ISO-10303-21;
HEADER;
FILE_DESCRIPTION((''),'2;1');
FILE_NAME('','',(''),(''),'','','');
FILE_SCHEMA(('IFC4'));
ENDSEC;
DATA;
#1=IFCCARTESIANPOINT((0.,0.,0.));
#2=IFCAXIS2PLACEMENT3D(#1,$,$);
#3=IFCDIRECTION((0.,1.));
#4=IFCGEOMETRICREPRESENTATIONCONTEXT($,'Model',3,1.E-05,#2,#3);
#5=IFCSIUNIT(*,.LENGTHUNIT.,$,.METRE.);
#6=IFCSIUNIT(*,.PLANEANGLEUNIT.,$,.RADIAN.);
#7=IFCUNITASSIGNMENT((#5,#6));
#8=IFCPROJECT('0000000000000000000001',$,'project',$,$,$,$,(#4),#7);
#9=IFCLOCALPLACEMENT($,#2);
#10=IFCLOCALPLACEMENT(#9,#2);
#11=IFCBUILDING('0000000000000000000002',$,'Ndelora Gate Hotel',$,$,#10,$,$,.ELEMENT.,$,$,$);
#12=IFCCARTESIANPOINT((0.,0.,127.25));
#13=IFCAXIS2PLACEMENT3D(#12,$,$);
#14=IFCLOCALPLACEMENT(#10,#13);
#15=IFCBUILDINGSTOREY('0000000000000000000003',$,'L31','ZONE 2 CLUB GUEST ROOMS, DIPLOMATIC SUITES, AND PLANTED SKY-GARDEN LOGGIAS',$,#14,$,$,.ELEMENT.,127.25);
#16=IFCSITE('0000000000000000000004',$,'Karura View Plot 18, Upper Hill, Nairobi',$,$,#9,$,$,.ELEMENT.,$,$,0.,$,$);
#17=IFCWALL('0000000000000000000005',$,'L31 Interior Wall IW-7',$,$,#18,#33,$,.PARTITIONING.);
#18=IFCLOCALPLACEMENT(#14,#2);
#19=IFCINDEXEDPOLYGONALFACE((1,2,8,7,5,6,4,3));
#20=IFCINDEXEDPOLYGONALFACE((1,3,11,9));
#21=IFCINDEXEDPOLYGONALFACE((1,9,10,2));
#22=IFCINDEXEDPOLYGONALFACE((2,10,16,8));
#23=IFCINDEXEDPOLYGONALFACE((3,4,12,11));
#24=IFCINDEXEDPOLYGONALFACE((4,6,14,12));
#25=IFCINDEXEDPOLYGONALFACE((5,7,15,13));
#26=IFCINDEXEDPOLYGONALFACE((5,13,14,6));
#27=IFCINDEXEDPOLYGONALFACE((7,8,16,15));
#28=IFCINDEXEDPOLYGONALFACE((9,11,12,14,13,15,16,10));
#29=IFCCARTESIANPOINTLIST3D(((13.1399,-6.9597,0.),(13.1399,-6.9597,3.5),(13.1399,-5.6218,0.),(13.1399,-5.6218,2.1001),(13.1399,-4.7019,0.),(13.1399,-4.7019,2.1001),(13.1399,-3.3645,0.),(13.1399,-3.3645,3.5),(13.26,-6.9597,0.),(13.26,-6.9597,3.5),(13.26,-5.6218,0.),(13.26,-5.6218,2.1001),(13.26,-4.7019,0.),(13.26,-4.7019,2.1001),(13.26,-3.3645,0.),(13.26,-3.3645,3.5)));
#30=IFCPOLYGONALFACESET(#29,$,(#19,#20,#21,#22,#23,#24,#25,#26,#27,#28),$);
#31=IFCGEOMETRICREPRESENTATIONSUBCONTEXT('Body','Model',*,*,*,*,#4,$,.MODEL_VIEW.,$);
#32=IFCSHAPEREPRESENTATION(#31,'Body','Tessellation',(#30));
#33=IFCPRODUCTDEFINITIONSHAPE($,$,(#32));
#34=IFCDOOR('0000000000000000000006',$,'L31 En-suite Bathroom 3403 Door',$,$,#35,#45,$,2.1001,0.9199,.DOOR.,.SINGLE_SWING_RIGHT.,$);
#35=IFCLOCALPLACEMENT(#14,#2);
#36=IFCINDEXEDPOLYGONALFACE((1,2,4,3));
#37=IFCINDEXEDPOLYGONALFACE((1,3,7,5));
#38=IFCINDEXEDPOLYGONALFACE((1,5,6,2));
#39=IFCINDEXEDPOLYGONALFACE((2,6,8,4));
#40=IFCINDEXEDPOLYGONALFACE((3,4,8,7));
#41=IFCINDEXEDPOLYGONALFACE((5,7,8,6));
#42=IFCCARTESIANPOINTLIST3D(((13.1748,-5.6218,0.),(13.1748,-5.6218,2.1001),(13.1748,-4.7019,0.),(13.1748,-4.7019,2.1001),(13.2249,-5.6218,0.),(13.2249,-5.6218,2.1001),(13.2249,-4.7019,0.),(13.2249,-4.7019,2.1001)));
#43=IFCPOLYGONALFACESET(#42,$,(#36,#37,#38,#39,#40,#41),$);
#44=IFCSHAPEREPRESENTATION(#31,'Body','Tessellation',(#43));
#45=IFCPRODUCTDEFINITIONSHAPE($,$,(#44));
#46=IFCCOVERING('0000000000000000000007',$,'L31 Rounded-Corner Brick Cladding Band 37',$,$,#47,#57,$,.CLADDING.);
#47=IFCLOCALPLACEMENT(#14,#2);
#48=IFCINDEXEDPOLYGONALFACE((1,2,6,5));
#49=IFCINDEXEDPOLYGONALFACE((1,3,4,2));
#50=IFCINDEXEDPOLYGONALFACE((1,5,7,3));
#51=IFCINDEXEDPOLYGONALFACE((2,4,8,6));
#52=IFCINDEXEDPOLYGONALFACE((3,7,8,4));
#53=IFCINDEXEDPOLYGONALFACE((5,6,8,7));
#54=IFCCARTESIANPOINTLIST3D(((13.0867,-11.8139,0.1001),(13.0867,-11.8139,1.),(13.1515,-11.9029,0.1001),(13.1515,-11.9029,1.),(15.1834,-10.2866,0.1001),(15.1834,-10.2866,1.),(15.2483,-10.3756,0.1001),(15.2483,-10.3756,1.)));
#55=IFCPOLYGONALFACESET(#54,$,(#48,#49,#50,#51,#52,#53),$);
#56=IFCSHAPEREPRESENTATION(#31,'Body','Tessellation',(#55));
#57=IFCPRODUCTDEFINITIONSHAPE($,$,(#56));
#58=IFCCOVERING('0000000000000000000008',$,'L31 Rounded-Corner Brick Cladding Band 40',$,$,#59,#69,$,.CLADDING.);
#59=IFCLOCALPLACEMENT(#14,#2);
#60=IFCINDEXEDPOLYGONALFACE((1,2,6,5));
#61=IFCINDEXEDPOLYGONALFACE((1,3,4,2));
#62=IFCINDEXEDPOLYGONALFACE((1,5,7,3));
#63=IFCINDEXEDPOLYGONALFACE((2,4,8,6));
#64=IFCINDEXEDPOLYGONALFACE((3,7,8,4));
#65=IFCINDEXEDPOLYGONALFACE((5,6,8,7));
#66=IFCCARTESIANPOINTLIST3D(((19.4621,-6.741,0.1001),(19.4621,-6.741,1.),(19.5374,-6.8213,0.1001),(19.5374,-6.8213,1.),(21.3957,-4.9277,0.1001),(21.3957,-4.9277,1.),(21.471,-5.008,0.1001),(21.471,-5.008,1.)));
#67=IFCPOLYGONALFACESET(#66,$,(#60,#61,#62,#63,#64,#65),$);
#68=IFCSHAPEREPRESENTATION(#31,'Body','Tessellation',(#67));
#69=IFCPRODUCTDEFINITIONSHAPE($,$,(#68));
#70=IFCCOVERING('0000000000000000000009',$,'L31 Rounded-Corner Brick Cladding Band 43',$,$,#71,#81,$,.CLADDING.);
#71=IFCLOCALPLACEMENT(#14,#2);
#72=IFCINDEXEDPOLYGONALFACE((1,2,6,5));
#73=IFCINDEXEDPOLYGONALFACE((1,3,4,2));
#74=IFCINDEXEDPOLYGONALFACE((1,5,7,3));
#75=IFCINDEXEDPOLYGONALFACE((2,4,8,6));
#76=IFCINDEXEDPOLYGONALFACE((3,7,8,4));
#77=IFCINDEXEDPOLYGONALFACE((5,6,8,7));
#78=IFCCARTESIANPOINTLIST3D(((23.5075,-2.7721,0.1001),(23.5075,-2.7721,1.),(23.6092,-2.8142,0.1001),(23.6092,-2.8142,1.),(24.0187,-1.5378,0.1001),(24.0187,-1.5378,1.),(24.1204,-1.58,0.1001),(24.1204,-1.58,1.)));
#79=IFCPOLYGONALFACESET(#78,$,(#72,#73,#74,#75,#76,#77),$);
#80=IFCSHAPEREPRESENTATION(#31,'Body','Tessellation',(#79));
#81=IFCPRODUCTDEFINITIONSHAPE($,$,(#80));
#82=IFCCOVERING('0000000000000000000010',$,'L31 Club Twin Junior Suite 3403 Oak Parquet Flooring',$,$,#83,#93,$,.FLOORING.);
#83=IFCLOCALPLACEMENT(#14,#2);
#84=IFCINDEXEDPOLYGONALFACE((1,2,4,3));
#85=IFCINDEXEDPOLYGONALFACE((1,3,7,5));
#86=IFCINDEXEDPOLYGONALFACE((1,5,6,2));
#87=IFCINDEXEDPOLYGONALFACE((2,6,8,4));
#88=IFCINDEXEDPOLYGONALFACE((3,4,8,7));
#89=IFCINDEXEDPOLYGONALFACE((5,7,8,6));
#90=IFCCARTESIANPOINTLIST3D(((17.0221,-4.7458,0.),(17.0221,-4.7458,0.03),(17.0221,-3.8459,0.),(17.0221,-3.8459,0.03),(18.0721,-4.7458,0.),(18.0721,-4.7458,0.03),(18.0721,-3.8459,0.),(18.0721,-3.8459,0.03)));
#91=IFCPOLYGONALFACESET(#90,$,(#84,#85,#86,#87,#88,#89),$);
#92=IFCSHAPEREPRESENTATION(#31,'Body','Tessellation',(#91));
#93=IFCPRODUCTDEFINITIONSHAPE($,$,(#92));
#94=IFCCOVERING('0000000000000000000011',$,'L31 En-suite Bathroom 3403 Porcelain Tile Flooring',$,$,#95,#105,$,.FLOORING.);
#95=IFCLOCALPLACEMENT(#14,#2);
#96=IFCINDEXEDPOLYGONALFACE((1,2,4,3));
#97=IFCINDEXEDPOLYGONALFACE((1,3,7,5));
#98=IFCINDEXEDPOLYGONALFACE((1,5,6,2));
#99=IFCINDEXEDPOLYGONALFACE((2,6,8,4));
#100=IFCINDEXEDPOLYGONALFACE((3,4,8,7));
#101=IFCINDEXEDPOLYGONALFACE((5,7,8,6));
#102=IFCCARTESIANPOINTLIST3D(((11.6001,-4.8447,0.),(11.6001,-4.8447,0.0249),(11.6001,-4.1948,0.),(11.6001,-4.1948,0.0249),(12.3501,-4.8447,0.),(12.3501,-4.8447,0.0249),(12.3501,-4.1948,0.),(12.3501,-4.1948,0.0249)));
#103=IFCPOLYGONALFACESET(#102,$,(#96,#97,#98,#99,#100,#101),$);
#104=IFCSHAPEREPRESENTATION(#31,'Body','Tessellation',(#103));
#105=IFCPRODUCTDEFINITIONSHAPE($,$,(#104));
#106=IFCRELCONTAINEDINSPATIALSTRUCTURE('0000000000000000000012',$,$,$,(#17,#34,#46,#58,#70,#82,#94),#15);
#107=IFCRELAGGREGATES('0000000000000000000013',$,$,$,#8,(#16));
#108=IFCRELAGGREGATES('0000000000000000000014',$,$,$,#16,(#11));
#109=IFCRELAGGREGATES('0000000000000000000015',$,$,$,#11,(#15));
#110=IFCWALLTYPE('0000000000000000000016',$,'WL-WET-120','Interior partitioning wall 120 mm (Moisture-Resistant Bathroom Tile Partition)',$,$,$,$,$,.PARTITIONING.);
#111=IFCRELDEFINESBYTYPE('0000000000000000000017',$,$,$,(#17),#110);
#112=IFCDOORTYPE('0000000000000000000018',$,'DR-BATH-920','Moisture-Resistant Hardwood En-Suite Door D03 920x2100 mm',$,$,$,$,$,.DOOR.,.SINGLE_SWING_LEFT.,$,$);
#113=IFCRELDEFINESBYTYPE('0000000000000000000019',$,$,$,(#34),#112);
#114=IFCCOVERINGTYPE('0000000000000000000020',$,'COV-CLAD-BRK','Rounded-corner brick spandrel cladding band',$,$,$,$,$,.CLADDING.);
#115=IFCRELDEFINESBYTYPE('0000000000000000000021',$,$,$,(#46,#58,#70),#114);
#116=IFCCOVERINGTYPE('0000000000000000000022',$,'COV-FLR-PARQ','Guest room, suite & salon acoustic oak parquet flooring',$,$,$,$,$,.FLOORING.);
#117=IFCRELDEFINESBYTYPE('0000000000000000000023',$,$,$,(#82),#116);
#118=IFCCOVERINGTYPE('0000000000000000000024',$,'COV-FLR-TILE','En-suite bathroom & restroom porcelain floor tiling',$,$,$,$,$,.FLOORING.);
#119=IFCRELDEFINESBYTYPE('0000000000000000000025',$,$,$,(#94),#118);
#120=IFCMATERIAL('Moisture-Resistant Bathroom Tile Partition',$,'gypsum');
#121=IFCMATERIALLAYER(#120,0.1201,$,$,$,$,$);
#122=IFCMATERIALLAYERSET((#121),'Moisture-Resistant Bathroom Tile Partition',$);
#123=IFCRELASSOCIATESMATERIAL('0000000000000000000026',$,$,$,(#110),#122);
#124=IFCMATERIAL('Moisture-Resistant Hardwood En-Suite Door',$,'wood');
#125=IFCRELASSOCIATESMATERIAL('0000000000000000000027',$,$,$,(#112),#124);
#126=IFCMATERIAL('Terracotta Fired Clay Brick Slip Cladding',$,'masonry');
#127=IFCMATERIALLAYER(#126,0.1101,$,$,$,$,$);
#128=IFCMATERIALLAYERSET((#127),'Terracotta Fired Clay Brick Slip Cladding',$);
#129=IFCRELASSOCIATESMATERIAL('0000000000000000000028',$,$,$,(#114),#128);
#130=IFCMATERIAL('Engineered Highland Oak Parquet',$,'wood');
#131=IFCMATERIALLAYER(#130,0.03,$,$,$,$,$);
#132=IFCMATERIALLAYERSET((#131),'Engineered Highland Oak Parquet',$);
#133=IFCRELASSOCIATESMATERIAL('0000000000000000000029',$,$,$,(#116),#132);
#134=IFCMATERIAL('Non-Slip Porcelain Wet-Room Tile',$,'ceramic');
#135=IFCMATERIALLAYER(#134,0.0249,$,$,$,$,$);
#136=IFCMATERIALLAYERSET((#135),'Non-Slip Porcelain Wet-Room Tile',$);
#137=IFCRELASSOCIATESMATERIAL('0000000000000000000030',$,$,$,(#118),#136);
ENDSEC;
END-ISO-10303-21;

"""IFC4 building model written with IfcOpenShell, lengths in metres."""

from ifc_helpers import new_model, si_unit, direction, frame, frame_2d, origin, origin_2d, place, context, subcontext, project, spatial, rectangle, extrude, material, layer, layer_set, type_object, element, fill, save


model = new_model("IFC4")

# Units and contexts
model_context = context("Model", 3, precision=1e-05, world=origin(), true_north=direction((0.0, 1.0)))
body_context = subcontext(model_context, "Body", "Model", "MODEL_VIEW")
ifc_project = project(units=[si_unit("LENGTHUNIT", "METRE"), si_unit("PLANEANGLEUNIT", "RADIAN")], contexts=[model_context])

# Site, building, storey
site_placement = place(None, origin())
site = spatial("IfcSite", under=ifc_project, at=site_placement, Name="Karura View Plot 18, Upper Hill, Nairobi", CompositionType="ELEMENT", RefElevation=0.0)
building_placement = place(site_placement, origin())
building = spatial("IfcBuilding", under=site, at=building_placement, Name="Ndelora Gate Hotel", CompositionType="ELEMENT")
storey_placement = place(building_placement, frame((0.0, 0.0, 127.25)))
storey = spatial("IfcBuildingStorey", under=building, at=storey_placement, Name="L31", Description="ZONE 2 CLUB GUEST ROOMS, DIPLOMATIC SUITES, AND PLANTED SKY-GARDEN LOGGIAS", CompositionType="ELEMENT", Elevation=127.25)

# Shared definitions
ifc_material_1 = material(Name="Moisture-Resistant Bathroom Tile Partition", Category="gypsum")
ifc_layer_1 = layer(ifc_material_1, 0.1201)
ifc_layer_set_1 = layer_set([ifc_layer_1], Name="Moisture-Resistant Bathroom Tile Partition")
wall_type_1 = type_object("IfcWallType", Name="WL-WET-120", Description="Interior partitioning wall 120 mm (Moisture-Resistant Bathroom Tile Partition)", PredefinedType="PARTITIONING", material=ifc_layer_set_1)

# Wall, opening, door
wall_1_placement = place(storey_placement, frame((13.2, -3.3645, 0.0), z_axis=(0.0, 0.0, 1.0), x_axis=(0.0, -1.0, 0.0)))
wall_1 = element("IfcWall", 1, at=wall_1_placement, inside=storey, type_object=wall_type_1, Name="L31 Interior Wall IW-7", PredefinedType="PARTITIONING", context=body_context, shape_type="SweptSolid", body=[
    extrude(rectangle(XDim=3.5952, YDim=0.1201, at=frame_2d((1.7976, 0.0))), origin(), (0.0, 0.0, 1.0), 3.5),
])
opening_1_placement = place(wall_1_placement, frame((1.3374, 0.0, 0.0)))
opening_1 = element("IfcOpeningElement", 2, at=opening_1_placement, cuts=wall_1, PredefinedType="OPENING", context=body_context, shape_type="SweptSolid", body=[
    extrude(rectangle(XDim=0.9199, YDim=2.1001, at=frame_2d((0.46, 1.05))), frame((0.0, 0.0701, 0.0), z_axis=(0.0, -1.0, 0.0), x_axis=(1.0, 0.0, 0.0)), (0.0, 0.0, 1.0), 0.1401),
])
ifc_material_2 = material(Name="Moisture-Resistant Hardwood En-Suite Door", Category="wood")
door_type = type_object("IfcDoorType", Name="DR-BATH-920", Description="Moisture-Resistant Hardwood En-Suite Door D03 920x2100 mm", OperationType="SINGLE_SWING_LEFT", PredefinedType="DOOR", material=ifc_material_2)
door_placement = place(opening_1_placement, origin())
door = element("IfcDoor", 3, at=door_placement, inside=storey, type_object=door_type, Name="L31 En-suite Bathroom 3403 Door", OperationType="SINGLE_SWING_RIGHT", OverallHeight=2.1001, OverallWidth=0.9199, PredefinedType="DOOR", context=body_context, shape_type="SweptSolid", body=[
    extrude(rectangle(XDim=0.9199, YDim=2.1001, at=frame_2d((0.46, 1.05))), frame((0.0, 0.0249, 0.0), z_axis=(0.0, -1.0, 0.0), x_axis=(1.0, 0.0, 0.0)), (0.0, 0.0, 1.0), 0.05),
])
fill(opening_1, door)

# Coverings
ifc_material_3 = material(Name="Terracotta Fired Clay Brick Slip Cladding", Category="masonry")
ifc_layer_2 = layer(ifc_material_3, 0.1101)
ifc_layer_set_2 = layer_set([ifc_layer_2], Name="Terracotta Fired Clay Brick Slip Cladding")
covering_type_1 = type_object("IfcCoveringType", Name="COV-CLAD-BRK", Description="Rounded-corner brick spandrel cladding band", PredefinedType="CLADDING", material=ifc_layer_set_2)
covering_1_placement = place(storey_placement, frame((14.1675, -11.0947, 0.1001), z_axis=(0.0, 0.0, 1.0), x_axis=(0.808298, 0.588773, 0.0)))
element("IfcCovering", 4, at=covering_1_placement, inside=storey, type_object=covering_type_1, Name="L31 Rounded-Corner Brick Cladding Band 37", PredefinedType="CLADDING", context=body_context, shape_type="SweptSolid", body=[
    extrude(rectangle(XDim=2.594, YDim=0.1101, at=origin_2d()), origin(), (0.0, 0.0, 1.0), 0.8999),
])
covering_2_placement = place(storey_placement, frame((20.4666, -5.8745, 0.1001), z_axis=(0.0, 0.0, 1.0), x_axis=(0.729446, 0.684038, 0.0)))
element("IfcCovering", 5, at=covering_2_placement, inside=storey, type_object=covering_type_1, Name="L31 Rounded-Corner Brick Cladding Band 40", PredefinedType="CLADDING", context=body_context, shape_type="SweptSolid", body=[
    extrude(rectangle(XDim=2.6509, YDim=0.1101, at=origin_2d()), origin(), (0.0, 0.0, 1.0), 0.8999),
])
covering_3_placement = place(storey_placement, frame((23.814, -2.176, 0.1001), z_axis=(0.0, 0.0, 1.0), x_axis=(0.382683, 0.92388, 0.0)))
element("IfcCovering", 6, at=covering_3_placement, inside=storey, type_object=covering_type_1, Name="L31 Rounded-Corner Brick Cladding Band 43", PredefinedType="CLADDING", context=body_context, shape_type="SweptSolid", body=[
    extrude(rectangle(XDim=1.3359, YDim=0.1101, at=origin_2d()), origin(), (0.0, 0.0, 1.0), 0.8999),
])
ifc_material_4 = material(Name="Engineered Highland Oak Parquet", Category="wood")
ifc_layer_3 = layer(ifc_material_4, 0.03)
ifc_layer_set_3 = layer_set([ifc_layer_3], Name="Engineered Highland Oak Parquet")
covering_type_2 = type_object("IfcCoveringType", Name="COV-FLR-PARQ", Description="Guest room, suite & salon acoustic oak parquet flooring", PredefinedType="FLOORING", material=ifc_layer_set_3)
covering_4_placement = place(storey_placement, frame((17.5471, -4.2959, 0.0), z_axis=(0.0, 0.0, 1.0), x_axis=(1.0, 0.0, 0.0)))
element("IfcCovering", 7, at=covering_4_placement, inside=storey, type_object=covering_type_2, Name="L31 Club Twin Junior Suite 3403 Oak Parquet Flooring", PredefinedType="FLOORING", context=body_context, shape_type="SweptSolid", body=[
    extrude(rectangle(XDim=1.05, YDim=0.8999, at=origin_2d()), origin(), (0.0, 0.0, 1.0), 0.03),
])
ifc_material_5 = material(Name="Non-Slip Porcelain Wet-Room Tile", Category="ceramic")
ifc_layer_4 = layer(ifc_material_5, 0.0249)
ifc_layer_set_4 = layer_set([ifc_layer_4], Name="Non-Slip Porcelain Wet-Room Tile")
covering_type_3 = type_object("IfcCoveringType", Name="COV-FLR-TILE", Description="En-suite bathroom & restroom porcelain floor tiling", PredefinedType="FLOORING", material=ifc_layer_set_4)
covering_5_placement = place(storey_placement, frame((11.9751, -4.5198, 0.0), z_axis=(0.0, 0.0, 1.0), x_axis=(1.0, 0.0, 0.0)))
element("IfcCovering", 8, at=covering_5_placement, inside=storey, type_object=covering_type_3, Name="L31 En-suite Bathroom 3403 Porcelain Tile Flooring", PredefinedType="FLOORING", context=body_context, shape_type="SweptSolid", body=[
    extrude(rectangle(XDim=0.75, YDim=0.6499, at=origin_2d()), origin(), (0.0, 0.0, 1.0), 0.0249),
])

save(model, "model.ifc")
